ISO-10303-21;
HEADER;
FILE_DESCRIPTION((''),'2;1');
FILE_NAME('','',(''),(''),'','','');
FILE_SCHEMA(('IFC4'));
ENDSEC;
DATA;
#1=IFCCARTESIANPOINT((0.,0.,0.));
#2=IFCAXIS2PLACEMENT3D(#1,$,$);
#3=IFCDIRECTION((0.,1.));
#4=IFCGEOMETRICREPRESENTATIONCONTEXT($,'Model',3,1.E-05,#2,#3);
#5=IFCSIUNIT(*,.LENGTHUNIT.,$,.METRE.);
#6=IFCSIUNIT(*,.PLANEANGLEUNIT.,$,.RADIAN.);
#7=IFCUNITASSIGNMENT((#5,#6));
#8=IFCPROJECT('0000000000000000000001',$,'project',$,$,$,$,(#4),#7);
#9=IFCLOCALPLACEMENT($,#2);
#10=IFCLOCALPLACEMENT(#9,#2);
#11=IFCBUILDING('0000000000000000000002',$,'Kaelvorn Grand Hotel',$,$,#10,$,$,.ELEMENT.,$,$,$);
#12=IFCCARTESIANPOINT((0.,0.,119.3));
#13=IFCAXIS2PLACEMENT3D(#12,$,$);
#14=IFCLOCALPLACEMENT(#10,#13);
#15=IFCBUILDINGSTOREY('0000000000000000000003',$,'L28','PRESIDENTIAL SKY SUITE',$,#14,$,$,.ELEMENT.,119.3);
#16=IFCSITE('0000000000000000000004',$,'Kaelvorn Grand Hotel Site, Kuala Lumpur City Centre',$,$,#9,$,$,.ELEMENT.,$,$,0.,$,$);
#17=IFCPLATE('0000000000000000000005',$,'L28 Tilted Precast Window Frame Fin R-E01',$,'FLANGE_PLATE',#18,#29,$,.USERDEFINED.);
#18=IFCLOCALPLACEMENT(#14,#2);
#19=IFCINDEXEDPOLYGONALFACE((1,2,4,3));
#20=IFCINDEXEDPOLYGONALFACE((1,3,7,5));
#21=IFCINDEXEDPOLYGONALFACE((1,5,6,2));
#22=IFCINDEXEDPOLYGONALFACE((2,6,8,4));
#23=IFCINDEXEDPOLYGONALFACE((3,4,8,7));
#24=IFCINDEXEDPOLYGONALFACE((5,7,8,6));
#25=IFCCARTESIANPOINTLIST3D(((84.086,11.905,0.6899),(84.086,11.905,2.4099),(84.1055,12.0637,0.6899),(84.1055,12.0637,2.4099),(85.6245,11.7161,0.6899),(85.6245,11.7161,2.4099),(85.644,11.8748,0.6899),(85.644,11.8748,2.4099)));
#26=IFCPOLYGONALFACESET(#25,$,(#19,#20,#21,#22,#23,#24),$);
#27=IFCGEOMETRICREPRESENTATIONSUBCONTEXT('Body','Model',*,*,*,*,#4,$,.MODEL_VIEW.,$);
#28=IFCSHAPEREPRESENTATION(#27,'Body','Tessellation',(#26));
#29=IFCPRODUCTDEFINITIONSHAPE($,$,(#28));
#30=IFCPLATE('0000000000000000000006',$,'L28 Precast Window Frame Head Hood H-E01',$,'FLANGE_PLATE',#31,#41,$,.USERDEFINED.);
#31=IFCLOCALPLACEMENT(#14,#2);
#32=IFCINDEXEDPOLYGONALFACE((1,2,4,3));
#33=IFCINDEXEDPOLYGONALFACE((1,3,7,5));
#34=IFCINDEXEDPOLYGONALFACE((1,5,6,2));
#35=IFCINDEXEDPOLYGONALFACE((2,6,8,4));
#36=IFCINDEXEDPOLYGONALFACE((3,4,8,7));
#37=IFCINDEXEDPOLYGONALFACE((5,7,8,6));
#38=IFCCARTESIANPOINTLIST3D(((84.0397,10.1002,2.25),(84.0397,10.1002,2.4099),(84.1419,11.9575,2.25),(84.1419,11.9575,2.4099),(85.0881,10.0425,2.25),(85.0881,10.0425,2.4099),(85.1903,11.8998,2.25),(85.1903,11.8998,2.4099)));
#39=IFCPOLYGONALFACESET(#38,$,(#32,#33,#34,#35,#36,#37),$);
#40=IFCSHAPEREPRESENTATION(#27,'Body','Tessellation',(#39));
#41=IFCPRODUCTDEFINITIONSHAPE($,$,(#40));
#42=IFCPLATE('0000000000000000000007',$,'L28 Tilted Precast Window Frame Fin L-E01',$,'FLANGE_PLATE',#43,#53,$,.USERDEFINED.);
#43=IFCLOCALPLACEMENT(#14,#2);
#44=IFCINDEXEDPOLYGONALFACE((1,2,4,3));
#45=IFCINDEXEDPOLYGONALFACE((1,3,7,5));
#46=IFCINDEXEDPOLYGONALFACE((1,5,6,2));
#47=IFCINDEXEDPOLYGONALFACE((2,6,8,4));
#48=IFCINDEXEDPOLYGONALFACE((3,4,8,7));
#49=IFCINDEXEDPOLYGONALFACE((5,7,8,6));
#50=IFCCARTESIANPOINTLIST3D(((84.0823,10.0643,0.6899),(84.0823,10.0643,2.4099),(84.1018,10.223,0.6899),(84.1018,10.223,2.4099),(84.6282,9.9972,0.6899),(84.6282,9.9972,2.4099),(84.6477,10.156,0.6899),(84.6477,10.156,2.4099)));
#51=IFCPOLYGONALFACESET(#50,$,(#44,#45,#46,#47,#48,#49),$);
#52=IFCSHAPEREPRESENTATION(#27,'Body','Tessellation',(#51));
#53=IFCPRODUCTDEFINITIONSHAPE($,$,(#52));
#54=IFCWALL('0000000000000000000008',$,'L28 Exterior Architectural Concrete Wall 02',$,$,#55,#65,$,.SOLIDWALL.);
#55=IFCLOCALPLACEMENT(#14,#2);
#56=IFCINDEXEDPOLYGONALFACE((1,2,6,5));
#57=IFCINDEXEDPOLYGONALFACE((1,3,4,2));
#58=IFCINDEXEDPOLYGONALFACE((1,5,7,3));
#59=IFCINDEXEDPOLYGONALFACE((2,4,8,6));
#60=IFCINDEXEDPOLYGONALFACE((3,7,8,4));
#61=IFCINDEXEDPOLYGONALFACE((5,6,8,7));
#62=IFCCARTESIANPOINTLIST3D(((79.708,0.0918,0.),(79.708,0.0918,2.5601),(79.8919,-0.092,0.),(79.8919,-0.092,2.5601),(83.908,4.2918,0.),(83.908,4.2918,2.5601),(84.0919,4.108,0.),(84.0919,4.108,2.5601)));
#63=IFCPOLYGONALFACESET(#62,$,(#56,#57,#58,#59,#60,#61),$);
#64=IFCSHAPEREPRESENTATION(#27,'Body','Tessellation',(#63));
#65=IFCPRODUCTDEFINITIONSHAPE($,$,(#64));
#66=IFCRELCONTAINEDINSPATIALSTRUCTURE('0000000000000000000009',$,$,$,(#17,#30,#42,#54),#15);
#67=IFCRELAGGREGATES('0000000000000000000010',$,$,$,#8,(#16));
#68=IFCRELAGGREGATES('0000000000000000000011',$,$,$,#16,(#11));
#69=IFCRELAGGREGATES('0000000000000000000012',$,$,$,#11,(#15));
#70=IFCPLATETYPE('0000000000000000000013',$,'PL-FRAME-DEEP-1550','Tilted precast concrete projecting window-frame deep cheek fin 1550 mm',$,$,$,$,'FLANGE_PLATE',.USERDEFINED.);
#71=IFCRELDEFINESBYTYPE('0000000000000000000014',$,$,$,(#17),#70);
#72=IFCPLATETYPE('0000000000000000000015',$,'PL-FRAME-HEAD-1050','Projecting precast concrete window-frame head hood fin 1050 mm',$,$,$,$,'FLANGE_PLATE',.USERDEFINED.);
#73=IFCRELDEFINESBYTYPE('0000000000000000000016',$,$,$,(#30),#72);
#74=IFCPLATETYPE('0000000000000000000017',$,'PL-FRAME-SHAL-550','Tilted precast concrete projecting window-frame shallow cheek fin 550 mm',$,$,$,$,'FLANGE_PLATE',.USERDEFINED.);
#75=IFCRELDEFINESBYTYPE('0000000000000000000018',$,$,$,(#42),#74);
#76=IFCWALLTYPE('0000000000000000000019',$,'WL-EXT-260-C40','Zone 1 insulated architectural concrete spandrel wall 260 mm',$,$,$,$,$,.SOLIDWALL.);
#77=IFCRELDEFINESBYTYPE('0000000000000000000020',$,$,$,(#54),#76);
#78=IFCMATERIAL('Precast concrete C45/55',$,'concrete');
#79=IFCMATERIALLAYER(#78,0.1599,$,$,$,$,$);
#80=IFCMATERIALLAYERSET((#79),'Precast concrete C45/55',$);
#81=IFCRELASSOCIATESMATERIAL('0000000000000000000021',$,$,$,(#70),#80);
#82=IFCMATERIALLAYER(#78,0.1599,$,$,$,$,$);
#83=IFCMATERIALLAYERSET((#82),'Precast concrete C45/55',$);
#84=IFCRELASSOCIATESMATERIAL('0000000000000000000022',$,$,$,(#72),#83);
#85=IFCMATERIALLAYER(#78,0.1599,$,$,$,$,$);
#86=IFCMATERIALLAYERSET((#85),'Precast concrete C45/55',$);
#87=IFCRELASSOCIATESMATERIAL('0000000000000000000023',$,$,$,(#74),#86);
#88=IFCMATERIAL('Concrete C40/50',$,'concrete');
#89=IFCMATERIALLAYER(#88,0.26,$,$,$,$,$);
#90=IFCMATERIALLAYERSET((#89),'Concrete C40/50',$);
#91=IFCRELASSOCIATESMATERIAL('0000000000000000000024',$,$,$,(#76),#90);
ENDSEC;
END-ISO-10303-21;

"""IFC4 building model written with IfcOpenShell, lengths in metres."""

from ifc_helpers import new_model, si_unit, direction, frame, frame_2d, origin, origin_2d, place, context, subcontext, project, spatial, rectangle, extrude, material, layer, layer_set, type_object, element, save


model = new_model("IFC4")

# Units and contexts
model_context = context("Model", 3, precision=1e-05, world=origin(), true_north=direction((0.0, 1.0)))
body_context = subcontext(model_context, "Body", "Model", "MODEL_VIEW")
ifc_project = project(units=[si_unit("LENGTHUNIT", "METRE"), si_unit("PLANEANGLEUNIT", "RADIAN")], contexts=[model_context])

# Site, building, storey
site_placement = place(None, origin())
site = spatial("IfcSite", under=ifc_project, at=site_placement, Name="Kaelvorn Grand Hotel Site, Kuala Lumpur City Centre", CompositionType="ELEMENT", RefElevation=0.0)
building_placement = place(site_placement, origin())
building = spatial("IfcBuilding", under=site, at=building_placement, Name="Kaelvorn Grand Hotel", CompositionType="ELEMENT")
storey_placement = place(building_placement, frame((0.0, 0.0, 119.3)))
storey = spatial("IfcBuildingStorey", under=building, at=storey_placement, Name="L28", Description="PRESIDENTIAL SKY SUITE", CompositionType="ELEMENT", Elevation=119.3)

# Plates
ifc_material_1 = material(Name="Precast concrete C45/55", Category="concrete")
ifc_layer_1 = layer(ifc_material_1, 0.1599)
ifc_layer_set_1 = layer_set([ifc_layer_1], Name="Precast concrete C45/55")
plate_type_1 = type_object("IfcPlateType", Name="PL-FRAME-DEEP-1550", Description="Tilted precast concrete projecting window-frame deep cheek fin 1550 mm", ElementType="FLANGE_PLATE", PredefinedType="USERDEFINED", material=ifc_layer_set_1)
plate_1_placement = place(storey_placement, frame((84.865, 11.8899, 0.6899), z_axis=(0.0, 0.0, 1.0), x_axis=(0.121869, 0.992546, 0.0)))
element("IfcPlate", 1, at=plate_1_placement, inside=storey, type_object=plate_type_1, Name="L28 Tilted Precast Window Frame Fin R-E01", ObjectType="FLANGE_PLATE", PredefinedType="USERDEFINED", context=body_context, shape_type="SweptSolid", body=[
    extrude(rectangle(XDim=0.1599, YDim=1.55, at=origin_2d()), origin(), (0.0, 0.0, 1.0), 1.72),
])
ifc_layer_2 = layer(ifc_material_1, 0.1599)
ifc_layer_set_2 = layer_set([ifc_layer_2], Name="Precast concrete C45/55")
plate_type_2 = type_object("IfcPlateType", Name="PL-FRAME-HEAD-1050", Description="Projecting precast concrete window-frame head hood fin 1050 mm", ElementType="FLANGE_PLATE", PredefinedType="USERDEFINED", material=ifc_layer_set_2)
plate_2_placement = place(storey_placement, frame((84.615, 11.0, 2.25), z_axis=(0.0, 0.0, 1.0), x_axis=(0.05495, 0.998489, 0.0)))
element("IfcPlate", 2, at=plate_2_placement, inside=storey, type_object=plate_type_2, Name="L28 Precast Window Frame Head Hood H-E01", ObjectType="FLANGE_PLATE", PredefinedType="USERDEFINED", context=body_context, shape_type="SweptSolid", body=[
    extrude(rectangle(XDim=1.8601, YDim=1.05, at=origin_2d()), origin(), (0.0, 0.0, 1.0), 0.1599),
])
ifc_layer_3 = layer(ifc_material_1, 0.1599)
ifc_layer_set_3 = layer_set([ifc_layer_3], Name="Precast concrete C45/55")
plate_type_3 = type_object("IfcPlateType", Name="PL-FRAME-SHAL-550", Description="Tilted precast concrete projecting window-frame shallow cheek fin 550 mm", ElementType="FLANGE_PLATE", PredefinedType="USERDEFINED", material=ifc_layer_set_3)
plate_3_placement = place(storey_placement, frame((84.365, 10.1101, 0.6899), z_axis=(0.0, 0.0, 1.0), x_axis=(0.121869, 0.992546, 0.0)))
element("IfcPlate", 3, at=plate_3_placement, inside=storey, type_object=plate_type_3, Name="L28 Tilted Precast Window Frame Fin L-E01", ObjectType="FLANGE_PLATE", PredefinedType="USERDEFINED", context=body_context, shape_type="SweptSolid", body=[
    extrude(rectangle(XDim=0.1599, YDim=0.55, at=origin_2d()), origin(), (0.0, 0.0, 1.0), 1.72),
])

# Wall
ifc_material_2 = material(Name="Concrete C40/50", Category="concrete")
ifc_layer_4 = layer(ifc_material_2, 0.26)
ifc_layer_set_4 = layer_set([ifc_layer_4], Name="Concrete C40/50")
wall_type_1 = type_object("IfcWallType", Name="WL-EXT-260-C40", Description="Zone 1 insulated architectural concrete spandrel wall 260 mm", PredefinedType="SOLIDWALL", material=ifc_layer_set_4)
wall_1_placement = place(storey_placement, frame((79.8, 0.0, 0.0), z_axis=(0.0, 0.0, 1.0), x_axis=(0.707107, 0.707107, 0.0)))
element("IfcWall", 4, at=wall_1_placement, inside=storey, type_object=wall_type_1, Name="L28 Exterior Architectural Concrete Wall 02", PredefinedType="SOLIDWALL", context=body_context, shape_type="SweptSolid", body=[
    extrude(rectangle(XDim=5.9397, YDim=0.26, at=frame_2d((2.9697, 0.0))), origin(), (0.0, 0.0, 1.0), 2.5601),
])

save(model, "model.ifc")
